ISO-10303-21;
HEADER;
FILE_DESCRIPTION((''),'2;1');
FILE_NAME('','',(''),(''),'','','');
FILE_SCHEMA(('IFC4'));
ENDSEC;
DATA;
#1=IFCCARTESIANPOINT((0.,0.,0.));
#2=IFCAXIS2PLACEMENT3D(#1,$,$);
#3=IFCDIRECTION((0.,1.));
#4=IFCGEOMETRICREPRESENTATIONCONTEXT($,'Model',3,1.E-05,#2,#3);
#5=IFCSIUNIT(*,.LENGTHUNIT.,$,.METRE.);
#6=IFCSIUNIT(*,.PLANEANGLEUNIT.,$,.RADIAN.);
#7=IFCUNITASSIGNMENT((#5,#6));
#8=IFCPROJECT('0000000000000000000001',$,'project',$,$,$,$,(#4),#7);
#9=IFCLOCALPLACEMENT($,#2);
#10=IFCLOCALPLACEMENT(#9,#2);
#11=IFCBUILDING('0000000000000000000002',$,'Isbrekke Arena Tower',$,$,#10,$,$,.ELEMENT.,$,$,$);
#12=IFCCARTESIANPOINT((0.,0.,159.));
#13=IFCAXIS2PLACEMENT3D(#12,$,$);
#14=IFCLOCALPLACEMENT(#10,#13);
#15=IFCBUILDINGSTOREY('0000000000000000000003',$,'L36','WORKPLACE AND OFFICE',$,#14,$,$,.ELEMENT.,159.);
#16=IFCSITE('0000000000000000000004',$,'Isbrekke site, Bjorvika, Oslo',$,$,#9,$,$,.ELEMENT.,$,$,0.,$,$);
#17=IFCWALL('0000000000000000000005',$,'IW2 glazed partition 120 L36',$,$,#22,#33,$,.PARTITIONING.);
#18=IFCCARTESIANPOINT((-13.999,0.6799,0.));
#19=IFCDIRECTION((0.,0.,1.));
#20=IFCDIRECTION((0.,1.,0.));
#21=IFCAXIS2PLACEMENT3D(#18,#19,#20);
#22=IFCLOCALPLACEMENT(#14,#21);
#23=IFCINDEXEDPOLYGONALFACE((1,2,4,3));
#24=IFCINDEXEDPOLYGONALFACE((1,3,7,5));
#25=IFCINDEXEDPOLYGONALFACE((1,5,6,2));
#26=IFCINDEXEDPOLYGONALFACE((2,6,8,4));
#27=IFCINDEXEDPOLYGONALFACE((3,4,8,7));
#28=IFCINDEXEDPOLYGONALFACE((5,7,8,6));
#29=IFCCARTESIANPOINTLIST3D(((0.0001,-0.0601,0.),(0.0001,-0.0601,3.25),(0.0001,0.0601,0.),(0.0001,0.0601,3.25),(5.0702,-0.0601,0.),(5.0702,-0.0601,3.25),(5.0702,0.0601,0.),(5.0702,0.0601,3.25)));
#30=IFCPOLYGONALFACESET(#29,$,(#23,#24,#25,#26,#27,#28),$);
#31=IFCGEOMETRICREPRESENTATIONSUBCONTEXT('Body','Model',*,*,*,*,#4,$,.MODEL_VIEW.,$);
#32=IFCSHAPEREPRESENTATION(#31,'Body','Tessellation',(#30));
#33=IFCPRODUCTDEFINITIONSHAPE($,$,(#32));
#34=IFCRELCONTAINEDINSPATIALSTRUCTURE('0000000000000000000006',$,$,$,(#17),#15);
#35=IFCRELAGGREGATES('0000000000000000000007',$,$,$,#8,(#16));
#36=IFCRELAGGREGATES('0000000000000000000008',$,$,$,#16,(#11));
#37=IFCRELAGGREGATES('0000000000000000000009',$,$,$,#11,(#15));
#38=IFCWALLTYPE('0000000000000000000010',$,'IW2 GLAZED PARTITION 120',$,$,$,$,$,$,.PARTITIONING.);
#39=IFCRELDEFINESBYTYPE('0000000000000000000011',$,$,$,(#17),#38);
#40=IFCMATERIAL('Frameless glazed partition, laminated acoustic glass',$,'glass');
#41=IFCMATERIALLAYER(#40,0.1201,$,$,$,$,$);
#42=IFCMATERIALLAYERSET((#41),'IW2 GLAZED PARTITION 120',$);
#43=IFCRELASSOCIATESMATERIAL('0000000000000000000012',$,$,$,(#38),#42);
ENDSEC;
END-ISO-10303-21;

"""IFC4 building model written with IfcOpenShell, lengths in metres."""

from ifc_helpers import new_model, si_unit, direction, frame, frame_2d, origin, place, context, subcontext, project, spatial, rectangle, extrude, material, layer, layer_set, type_object, element, save


model = new_model("IFC4")

# Units and contexts
model_context = context("Model", 3, precision=1e-05, world=origin(), true_north=direction((0.0, 1.0)))
body_context = subcontext(model_context, "Body", "Model", "MODEL_VIEW")
ifc_project = project(units=[si_unit("LENGTHUNIT", "METRE"), si_unit("PLANEANGLEUNIT", "RADIAN")], contexts=[model_context])

# Site, building, storey
site_placement = place(None, origin())
site = spatial("IfcSite", under=ifc_project, at=site_placement, Name="Isbrekke site, Bjorvika, Oslo", CompositionType="ELEMENT", RefElevation=0.0)
building_placement = place(site_placement, origin())
building = spatial("IfcBuilding", under=site, at=building_placement, Name="Isbrekke Arena Tower", CompositionType="ELEMENT")
storey_placement = place(building_placement, frame((0.0, 0.0, 159.0)))
storey = spatial("IfcBuildingStorey", under=building, at=storey_placement, Name="L36", Description="WORKPLACE AND OFFICE", CompositionType="ELEMENT", Elevation=159.0)

# Shared definitions
ifc_material_1 = material(Name="Frameless glazed partition, laminated acoustic glass", Category="glass")
ifc_layer_1 = layer(ifc_material_1, 0.1201)
ifc_layer_set_1 = layer_set([ifc_layer_1], Name="IW2 GLAZED PARTITION 120")
wall_type = type_object("IfcWallType", Name="IW2 GLAZED PARTITION 120", PredefinedType="PARTITIONING", material=ifc_layer_set_1)

# Wall
wall_1_placement = place(storey_placement, frame((-13.999, 0.6799, 0.0), z_axis=(0.0, 0.0, 1.0), x_axis=(0.0, 1.0, 0.0)))
element("IfcWall", 1, at=wall_1_placement, inside=storey, type_object=wall_type, Name="IW2 glazed partition 120 L36", PredefinedType="PARTITIONING", context=body_context, shape_type="SweptSolid", body=[
    extrude(rectangle(XDim=5.0701, YDim=0.1201, at=frame_2d((2.5352, 0.0))), origin(), (0.0, 0.0, 1.0), 3.25),
])

save(model, "model.ifc")
